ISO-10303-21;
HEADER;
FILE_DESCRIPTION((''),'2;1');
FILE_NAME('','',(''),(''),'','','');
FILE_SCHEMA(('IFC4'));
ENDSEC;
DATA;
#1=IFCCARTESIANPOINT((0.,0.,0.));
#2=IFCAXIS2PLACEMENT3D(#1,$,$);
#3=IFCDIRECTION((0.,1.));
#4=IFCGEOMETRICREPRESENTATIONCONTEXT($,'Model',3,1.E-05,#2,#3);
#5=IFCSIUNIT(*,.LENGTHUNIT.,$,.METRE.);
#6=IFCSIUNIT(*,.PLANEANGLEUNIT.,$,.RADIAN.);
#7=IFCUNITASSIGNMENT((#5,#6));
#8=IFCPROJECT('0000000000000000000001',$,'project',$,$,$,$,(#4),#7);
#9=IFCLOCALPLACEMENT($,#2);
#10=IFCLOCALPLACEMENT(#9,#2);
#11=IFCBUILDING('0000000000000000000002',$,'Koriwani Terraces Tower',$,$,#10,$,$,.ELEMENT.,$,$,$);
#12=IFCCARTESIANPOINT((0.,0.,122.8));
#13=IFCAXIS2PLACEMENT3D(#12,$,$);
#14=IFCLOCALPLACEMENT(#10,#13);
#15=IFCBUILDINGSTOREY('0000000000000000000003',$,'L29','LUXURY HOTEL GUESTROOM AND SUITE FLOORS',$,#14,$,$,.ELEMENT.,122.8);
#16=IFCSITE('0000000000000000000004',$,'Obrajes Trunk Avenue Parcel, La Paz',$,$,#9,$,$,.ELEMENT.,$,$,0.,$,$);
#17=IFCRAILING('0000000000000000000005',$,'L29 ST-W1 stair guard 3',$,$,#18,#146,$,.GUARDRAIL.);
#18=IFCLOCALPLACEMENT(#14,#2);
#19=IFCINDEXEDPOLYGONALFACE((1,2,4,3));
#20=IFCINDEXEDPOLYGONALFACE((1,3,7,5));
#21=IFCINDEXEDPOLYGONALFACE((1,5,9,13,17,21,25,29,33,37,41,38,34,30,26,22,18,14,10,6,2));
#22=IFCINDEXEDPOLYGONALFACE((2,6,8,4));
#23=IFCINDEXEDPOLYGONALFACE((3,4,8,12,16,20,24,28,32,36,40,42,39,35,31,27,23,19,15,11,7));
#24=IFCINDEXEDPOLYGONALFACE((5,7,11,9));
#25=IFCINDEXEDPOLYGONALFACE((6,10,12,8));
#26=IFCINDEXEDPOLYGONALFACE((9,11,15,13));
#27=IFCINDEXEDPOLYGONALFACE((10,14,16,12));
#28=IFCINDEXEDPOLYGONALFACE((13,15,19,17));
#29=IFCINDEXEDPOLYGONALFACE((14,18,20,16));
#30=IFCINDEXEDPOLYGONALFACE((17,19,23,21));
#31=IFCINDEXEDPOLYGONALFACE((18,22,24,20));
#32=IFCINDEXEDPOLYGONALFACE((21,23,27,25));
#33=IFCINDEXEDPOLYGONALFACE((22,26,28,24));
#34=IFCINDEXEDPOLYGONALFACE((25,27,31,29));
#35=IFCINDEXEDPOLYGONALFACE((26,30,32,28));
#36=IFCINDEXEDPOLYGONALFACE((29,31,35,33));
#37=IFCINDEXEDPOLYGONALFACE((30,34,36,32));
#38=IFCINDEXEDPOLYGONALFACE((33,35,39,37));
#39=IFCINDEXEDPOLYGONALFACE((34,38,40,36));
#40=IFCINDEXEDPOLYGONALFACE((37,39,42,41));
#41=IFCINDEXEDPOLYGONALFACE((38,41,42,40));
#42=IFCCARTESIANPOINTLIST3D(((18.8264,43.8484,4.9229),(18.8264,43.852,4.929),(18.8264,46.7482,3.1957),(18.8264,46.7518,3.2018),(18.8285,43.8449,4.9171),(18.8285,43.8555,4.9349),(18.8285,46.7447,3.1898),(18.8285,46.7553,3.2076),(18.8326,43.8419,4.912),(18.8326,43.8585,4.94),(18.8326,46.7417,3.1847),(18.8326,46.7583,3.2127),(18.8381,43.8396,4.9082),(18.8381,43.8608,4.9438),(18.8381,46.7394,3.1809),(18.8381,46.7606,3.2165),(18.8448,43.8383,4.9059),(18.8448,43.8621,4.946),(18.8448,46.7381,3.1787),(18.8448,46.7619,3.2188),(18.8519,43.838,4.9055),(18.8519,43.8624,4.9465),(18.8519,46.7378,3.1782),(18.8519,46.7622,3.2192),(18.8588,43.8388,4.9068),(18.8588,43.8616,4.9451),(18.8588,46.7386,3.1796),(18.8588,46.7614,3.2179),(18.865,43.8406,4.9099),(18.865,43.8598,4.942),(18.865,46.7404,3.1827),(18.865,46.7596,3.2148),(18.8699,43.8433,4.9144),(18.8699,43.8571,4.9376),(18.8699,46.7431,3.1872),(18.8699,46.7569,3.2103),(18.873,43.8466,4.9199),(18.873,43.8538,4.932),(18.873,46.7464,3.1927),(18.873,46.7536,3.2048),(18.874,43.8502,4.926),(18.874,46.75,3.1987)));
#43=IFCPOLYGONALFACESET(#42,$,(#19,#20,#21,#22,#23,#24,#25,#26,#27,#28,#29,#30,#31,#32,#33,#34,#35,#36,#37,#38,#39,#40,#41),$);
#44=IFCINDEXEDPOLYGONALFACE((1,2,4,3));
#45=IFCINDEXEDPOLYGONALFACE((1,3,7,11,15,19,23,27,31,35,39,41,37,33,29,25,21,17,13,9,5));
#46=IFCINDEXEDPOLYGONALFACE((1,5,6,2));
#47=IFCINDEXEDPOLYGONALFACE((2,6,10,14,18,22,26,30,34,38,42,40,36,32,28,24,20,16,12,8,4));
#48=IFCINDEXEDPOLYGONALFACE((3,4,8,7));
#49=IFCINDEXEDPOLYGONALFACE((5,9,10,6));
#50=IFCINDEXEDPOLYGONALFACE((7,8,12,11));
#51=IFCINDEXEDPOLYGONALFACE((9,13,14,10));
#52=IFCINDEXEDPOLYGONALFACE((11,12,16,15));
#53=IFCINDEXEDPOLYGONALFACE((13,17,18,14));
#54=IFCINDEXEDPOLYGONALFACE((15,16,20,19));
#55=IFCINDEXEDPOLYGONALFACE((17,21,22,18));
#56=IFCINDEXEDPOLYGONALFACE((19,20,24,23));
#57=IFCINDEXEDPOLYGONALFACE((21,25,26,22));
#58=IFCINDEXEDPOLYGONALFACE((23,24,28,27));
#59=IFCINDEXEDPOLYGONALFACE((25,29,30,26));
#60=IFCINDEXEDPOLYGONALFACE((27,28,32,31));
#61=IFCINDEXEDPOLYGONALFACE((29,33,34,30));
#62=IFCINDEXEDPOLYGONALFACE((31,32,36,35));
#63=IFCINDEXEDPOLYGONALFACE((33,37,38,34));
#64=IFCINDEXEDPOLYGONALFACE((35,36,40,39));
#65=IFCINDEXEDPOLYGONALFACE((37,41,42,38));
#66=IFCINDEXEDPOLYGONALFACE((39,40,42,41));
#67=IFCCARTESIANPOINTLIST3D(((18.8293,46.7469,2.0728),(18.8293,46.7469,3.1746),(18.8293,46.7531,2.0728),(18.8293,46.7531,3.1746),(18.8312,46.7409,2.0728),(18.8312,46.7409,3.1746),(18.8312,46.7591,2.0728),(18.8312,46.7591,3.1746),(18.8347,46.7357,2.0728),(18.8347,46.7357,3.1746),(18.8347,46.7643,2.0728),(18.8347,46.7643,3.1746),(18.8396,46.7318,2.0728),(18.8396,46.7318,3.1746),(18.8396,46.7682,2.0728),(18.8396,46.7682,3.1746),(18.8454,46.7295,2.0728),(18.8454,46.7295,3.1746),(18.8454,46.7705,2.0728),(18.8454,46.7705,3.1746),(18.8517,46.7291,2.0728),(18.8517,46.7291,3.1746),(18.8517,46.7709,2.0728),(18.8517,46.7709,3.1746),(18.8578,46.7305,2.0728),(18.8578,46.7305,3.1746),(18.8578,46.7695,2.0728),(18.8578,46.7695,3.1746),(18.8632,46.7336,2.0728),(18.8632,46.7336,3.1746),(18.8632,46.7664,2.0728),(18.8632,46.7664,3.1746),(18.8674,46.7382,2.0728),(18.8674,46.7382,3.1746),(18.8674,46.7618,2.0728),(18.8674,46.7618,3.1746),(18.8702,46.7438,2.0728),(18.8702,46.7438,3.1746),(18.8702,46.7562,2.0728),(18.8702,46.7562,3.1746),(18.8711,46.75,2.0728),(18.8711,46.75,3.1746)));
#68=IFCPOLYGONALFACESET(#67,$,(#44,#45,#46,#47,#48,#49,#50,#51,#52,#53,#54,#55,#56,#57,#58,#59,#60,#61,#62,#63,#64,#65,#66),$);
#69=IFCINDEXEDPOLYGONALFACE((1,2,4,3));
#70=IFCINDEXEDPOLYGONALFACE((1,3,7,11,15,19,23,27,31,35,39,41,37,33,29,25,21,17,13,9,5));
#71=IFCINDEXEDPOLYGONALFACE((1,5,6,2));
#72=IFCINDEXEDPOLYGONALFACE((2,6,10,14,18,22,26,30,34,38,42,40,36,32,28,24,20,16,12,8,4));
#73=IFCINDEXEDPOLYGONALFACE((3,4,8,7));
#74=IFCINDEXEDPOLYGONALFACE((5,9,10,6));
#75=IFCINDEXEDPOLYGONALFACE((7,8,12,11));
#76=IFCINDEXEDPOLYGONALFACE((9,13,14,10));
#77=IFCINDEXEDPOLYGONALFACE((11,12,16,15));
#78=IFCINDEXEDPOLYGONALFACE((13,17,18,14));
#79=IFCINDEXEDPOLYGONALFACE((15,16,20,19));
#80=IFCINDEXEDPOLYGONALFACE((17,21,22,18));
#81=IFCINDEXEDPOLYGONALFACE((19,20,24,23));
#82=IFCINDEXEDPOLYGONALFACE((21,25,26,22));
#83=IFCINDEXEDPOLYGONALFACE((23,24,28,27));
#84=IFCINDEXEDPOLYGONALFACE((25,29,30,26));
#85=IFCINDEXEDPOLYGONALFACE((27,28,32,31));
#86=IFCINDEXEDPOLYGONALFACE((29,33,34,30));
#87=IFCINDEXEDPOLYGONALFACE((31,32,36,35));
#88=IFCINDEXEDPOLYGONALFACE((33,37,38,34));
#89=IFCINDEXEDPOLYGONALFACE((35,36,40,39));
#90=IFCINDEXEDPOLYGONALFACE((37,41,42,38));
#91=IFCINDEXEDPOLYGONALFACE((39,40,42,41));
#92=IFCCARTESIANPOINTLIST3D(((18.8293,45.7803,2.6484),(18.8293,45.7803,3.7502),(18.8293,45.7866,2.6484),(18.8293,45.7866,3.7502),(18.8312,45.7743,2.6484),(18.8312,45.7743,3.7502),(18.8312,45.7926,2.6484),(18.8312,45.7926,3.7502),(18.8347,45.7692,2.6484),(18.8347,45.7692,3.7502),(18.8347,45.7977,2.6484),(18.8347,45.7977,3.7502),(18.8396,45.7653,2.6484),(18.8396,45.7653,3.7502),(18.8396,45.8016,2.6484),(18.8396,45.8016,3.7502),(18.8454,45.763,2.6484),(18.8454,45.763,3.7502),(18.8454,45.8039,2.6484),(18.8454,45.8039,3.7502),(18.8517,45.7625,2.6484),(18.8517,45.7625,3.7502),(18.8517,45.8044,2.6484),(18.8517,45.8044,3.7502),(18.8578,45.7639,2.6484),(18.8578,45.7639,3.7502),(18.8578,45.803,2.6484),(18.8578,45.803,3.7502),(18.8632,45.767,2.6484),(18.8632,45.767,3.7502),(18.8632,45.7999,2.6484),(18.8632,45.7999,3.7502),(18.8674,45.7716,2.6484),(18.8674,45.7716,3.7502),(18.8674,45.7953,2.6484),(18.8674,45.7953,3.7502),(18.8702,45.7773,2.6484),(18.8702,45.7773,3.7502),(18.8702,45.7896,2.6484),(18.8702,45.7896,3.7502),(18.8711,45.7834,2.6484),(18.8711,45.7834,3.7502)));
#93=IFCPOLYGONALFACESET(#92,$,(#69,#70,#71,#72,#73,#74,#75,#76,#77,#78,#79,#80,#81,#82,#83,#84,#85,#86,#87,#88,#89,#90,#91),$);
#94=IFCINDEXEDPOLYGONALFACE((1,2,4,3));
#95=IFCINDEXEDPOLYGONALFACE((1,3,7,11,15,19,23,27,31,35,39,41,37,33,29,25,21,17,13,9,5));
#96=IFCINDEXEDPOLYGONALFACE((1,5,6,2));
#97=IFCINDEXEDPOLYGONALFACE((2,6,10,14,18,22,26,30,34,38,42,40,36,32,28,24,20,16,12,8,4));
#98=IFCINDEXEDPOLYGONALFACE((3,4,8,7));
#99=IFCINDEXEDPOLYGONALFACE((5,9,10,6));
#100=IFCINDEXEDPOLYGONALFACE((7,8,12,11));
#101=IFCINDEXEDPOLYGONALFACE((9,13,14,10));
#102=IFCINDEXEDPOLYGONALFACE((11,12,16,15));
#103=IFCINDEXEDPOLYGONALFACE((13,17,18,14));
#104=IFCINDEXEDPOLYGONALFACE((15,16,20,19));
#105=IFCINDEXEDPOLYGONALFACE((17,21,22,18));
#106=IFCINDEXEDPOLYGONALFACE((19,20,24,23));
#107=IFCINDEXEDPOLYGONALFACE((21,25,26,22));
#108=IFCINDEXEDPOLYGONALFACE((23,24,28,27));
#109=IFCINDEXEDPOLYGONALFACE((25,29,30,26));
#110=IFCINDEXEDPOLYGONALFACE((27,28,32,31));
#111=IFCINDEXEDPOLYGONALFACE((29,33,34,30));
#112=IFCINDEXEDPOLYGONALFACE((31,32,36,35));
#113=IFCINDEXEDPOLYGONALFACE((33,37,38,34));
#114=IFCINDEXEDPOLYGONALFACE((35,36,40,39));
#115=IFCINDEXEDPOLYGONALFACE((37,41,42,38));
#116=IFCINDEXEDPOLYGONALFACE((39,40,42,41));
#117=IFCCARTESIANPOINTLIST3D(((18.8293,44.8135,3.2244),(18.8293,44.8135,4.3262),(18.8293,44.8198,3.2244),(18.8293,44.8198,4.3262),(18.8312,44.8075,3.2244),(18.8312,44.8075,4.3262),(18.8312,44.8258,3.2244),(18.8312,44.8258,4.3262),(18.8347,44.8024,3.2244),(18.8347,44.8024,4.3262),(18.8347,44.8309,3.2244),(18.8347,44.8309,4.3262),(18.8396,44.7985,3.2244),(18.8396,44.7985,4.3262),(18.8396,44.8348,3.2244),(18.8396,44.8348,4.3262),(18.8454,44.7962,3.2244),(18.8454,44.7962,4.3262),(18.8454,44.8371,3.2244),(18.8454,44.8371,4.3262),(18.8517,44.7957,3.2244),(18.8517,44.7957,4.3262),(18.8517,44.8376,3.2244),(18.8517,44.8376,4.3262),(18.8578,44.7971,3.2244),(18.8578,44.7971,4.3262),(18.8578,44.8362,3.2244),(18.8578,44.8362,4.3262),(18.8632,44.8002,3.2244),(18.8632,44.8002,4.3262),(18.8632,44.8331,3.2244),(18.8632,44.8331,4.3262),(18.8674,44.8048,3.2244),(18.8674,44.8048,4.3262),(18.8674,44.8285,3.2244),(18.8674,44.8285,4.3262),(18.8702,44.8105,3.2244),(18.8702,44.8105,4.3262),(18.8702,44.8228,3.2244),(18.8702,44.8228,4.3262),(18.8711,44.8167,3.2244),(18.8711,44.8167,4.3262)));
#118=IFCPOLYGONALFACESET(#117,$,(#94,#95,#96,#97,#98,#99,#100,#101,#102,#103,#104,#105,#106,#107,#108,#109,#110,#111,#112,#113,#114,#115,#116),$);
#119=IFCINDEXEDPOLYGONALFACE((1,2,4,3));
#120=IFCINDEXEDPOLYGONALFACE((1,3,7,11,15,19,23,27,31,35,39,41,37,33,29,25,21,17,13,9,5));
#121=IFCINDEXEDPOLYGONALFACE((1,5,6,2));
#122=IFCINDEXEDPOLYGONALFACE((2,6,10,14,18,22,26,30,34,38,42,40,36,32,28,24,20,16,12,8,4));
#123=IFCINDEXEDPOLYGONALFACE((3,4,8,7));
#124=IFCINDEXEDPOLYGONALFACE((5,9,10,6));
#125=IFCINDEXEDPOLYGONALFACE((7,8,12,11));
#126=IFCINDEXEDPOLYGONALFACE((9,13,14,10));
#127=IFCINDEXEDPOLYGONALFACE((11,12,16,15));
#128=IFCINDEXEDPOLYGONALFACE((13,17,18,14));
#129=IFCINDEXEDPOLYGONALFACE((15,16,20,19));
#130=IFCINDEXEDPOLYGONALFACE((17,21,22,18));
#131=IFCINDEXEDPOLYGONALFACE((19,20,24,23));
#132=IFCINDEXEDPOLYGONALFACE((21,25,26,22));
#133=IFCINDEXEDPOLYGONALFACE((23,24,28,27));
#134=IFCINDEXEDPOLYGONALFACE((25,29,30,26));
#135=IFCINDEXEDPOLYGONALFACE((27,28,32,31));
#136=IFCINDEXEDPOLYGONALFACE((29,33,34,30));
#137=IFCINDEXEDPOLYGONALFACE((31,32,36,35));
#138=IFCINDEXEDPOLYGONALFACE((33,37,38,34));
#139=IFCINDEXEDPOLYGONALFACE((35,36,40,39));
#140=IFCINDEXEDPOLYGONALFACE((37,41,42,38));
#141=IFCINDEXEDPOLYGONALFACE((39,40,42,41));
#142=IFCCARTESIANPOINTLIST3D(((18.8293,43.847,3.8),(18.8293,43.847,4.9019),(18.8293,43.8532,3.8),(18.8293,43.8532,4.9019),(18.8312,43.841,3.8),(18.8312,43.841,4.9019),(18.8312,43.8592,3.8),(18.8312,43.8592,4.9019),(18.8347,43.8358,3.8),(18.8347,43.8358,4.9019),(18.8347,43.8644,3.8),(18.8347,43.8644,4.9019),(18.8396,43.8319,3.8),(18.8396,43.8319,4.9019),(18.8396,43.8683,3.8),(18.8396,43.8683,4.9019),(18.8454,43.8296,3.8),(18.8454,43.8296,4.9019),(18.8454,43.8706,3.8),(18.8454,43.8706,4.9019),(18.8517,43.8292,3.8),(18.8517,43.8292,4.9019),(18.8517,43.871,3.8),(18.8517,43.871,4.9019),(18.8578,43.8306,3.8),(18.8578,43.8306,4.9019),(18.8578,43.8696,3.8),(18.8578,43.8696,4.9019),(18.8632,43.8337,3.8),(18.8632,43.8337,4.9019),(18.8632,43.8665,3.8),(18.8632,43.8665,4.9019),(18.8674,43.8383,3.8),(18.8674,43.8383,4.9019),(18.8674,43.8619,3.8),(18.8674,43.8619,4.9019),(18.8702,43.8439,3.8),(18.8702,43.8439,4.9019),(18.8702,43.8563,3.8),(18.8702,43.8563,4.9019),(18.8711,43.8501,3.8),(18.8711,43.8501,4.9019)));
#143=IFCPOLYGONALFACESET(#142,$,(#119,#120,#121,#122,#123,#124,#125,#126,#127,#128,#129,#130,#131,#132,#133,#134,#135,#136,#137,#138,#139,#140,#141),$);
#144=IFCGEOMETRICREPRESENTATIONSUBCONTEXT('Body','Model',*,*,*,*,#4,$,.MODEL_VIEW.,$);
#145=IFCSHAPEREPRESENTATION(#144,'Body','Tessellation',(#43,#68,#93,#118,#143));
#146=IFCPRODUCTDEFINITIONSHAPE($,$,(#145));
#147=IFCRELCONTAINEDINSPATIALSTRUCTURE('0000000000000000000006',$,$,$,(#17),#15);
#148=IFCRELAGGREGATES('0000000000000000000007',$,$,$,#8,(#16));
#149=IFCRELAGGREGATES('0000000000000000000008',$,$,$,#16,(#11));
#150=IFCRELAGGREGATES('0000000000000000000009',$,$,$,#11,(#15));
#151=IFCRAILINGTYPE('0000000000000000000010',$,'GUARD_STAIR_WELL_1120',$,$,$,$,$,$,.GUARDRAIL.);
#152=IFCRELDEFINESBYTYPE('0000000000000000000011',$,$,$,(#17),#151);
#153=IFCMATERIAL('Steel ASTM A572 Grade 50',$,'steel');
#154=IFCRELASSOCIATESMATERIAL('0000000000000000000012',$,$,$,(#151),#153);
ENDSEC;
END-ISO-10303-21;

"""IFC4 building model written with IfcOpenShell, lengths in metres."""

from ifc_helpers import new_model, si_unit, direction, frame, origin, origin_2d, place, context, subcontext, project, spatial, circle, extrude, material, type_object, element, save


model = new_model("IFC4")

# Units and contexts
model_context = context("Model", 3, precision=1e-05, world=origin(), true_north=direction((0.0, 1.0)))
body_context = subcontext(model_context, "Body", "Model", "MODEL_VIEW")
ifc_project = project(units=[si_unit("LENGTHUNIT", "METRE"), si_unit("PLANEANGLEUNIT", "RADIAN")], contexts=[model_context])

# Site, building, storey
site_placement = place(None, origin())
site = spatial("IfcSite", under=ifc_project, at=site_placement, Name="Obrajes Trunk Avenue Parcel, La Paz", CompositionType="ELEMENT", RefElevation=0.0)
building_placement = place(site_placement, origin())
building = spatial("IfcBuilding", under=site, at=building_placement, Name="Koriwani Terraces Tower", CompositionType="ELEMENT")
storey_placement = place(building_placement, frame((0.0, 0.0, 122.8)))
storey = spatial("IfcBuildingStorey", under=building, at=storey_placement, Name="L29", Description="LUXURY HOTEL GUESTROOM AND SUITE FLOORS", CompositionType="ELEMENT", Elevation=122.8)

# Shared definitions
ifc_material_1 = material(Name="Steel ASTM A572 Grade 50", Category="steel")

# Railing
railing_type_1 = type_object("IfcRailingType", Name="GUARD_STAIR_WELL_1120", PredefinedType="GUARDRAIL", material=ifc_material_1)
railing_1_placement = place(storey_placement, frame((18.8501, 46.75, 2.0728)))
element("IfcRailing", 1, at=railing_1_placement, inside=storey, type_object=railing_type_1, Name="L29 ST-W1 stair guard 3", PredefinedType="GUARDRAIL", context=body_context, shape_type="SweptSolid", body=[
    extrude(circle(Radius=0.0239, at=origin_2d()), frame((0.0, 0.0, 1.126), z_axis=(0.0, -0.859141, 0.511738), x_axis=(1.0, 0.0, 0.0)), (0.0, 0.0, 1.0), 3.3752),
    extrude(circle(Radius=0.021, at=origin_2d()), origin(), (0.0, 0.0, 1.0), 1.1018),
    extrude(circle(Radius=0.021, at=origin_2d()), frame((0.0, -0.9666, 0.5757)), (0.0, 0.0, 1.0), 1.1018),
    extrude(circle(Radius=0.021, at=origin_2d()), frame((0.0, -1.9333, 1.1516)), (0.0, 0.0, 1.0), 1.1018),
    extrude(circle(Radius=0.021, at=origin_2d()), frame((0.0, -2.8999, 1.7273)), (0.0, 0.0, 1.0), 1.1018),
])

save(model, "model.ifc")
